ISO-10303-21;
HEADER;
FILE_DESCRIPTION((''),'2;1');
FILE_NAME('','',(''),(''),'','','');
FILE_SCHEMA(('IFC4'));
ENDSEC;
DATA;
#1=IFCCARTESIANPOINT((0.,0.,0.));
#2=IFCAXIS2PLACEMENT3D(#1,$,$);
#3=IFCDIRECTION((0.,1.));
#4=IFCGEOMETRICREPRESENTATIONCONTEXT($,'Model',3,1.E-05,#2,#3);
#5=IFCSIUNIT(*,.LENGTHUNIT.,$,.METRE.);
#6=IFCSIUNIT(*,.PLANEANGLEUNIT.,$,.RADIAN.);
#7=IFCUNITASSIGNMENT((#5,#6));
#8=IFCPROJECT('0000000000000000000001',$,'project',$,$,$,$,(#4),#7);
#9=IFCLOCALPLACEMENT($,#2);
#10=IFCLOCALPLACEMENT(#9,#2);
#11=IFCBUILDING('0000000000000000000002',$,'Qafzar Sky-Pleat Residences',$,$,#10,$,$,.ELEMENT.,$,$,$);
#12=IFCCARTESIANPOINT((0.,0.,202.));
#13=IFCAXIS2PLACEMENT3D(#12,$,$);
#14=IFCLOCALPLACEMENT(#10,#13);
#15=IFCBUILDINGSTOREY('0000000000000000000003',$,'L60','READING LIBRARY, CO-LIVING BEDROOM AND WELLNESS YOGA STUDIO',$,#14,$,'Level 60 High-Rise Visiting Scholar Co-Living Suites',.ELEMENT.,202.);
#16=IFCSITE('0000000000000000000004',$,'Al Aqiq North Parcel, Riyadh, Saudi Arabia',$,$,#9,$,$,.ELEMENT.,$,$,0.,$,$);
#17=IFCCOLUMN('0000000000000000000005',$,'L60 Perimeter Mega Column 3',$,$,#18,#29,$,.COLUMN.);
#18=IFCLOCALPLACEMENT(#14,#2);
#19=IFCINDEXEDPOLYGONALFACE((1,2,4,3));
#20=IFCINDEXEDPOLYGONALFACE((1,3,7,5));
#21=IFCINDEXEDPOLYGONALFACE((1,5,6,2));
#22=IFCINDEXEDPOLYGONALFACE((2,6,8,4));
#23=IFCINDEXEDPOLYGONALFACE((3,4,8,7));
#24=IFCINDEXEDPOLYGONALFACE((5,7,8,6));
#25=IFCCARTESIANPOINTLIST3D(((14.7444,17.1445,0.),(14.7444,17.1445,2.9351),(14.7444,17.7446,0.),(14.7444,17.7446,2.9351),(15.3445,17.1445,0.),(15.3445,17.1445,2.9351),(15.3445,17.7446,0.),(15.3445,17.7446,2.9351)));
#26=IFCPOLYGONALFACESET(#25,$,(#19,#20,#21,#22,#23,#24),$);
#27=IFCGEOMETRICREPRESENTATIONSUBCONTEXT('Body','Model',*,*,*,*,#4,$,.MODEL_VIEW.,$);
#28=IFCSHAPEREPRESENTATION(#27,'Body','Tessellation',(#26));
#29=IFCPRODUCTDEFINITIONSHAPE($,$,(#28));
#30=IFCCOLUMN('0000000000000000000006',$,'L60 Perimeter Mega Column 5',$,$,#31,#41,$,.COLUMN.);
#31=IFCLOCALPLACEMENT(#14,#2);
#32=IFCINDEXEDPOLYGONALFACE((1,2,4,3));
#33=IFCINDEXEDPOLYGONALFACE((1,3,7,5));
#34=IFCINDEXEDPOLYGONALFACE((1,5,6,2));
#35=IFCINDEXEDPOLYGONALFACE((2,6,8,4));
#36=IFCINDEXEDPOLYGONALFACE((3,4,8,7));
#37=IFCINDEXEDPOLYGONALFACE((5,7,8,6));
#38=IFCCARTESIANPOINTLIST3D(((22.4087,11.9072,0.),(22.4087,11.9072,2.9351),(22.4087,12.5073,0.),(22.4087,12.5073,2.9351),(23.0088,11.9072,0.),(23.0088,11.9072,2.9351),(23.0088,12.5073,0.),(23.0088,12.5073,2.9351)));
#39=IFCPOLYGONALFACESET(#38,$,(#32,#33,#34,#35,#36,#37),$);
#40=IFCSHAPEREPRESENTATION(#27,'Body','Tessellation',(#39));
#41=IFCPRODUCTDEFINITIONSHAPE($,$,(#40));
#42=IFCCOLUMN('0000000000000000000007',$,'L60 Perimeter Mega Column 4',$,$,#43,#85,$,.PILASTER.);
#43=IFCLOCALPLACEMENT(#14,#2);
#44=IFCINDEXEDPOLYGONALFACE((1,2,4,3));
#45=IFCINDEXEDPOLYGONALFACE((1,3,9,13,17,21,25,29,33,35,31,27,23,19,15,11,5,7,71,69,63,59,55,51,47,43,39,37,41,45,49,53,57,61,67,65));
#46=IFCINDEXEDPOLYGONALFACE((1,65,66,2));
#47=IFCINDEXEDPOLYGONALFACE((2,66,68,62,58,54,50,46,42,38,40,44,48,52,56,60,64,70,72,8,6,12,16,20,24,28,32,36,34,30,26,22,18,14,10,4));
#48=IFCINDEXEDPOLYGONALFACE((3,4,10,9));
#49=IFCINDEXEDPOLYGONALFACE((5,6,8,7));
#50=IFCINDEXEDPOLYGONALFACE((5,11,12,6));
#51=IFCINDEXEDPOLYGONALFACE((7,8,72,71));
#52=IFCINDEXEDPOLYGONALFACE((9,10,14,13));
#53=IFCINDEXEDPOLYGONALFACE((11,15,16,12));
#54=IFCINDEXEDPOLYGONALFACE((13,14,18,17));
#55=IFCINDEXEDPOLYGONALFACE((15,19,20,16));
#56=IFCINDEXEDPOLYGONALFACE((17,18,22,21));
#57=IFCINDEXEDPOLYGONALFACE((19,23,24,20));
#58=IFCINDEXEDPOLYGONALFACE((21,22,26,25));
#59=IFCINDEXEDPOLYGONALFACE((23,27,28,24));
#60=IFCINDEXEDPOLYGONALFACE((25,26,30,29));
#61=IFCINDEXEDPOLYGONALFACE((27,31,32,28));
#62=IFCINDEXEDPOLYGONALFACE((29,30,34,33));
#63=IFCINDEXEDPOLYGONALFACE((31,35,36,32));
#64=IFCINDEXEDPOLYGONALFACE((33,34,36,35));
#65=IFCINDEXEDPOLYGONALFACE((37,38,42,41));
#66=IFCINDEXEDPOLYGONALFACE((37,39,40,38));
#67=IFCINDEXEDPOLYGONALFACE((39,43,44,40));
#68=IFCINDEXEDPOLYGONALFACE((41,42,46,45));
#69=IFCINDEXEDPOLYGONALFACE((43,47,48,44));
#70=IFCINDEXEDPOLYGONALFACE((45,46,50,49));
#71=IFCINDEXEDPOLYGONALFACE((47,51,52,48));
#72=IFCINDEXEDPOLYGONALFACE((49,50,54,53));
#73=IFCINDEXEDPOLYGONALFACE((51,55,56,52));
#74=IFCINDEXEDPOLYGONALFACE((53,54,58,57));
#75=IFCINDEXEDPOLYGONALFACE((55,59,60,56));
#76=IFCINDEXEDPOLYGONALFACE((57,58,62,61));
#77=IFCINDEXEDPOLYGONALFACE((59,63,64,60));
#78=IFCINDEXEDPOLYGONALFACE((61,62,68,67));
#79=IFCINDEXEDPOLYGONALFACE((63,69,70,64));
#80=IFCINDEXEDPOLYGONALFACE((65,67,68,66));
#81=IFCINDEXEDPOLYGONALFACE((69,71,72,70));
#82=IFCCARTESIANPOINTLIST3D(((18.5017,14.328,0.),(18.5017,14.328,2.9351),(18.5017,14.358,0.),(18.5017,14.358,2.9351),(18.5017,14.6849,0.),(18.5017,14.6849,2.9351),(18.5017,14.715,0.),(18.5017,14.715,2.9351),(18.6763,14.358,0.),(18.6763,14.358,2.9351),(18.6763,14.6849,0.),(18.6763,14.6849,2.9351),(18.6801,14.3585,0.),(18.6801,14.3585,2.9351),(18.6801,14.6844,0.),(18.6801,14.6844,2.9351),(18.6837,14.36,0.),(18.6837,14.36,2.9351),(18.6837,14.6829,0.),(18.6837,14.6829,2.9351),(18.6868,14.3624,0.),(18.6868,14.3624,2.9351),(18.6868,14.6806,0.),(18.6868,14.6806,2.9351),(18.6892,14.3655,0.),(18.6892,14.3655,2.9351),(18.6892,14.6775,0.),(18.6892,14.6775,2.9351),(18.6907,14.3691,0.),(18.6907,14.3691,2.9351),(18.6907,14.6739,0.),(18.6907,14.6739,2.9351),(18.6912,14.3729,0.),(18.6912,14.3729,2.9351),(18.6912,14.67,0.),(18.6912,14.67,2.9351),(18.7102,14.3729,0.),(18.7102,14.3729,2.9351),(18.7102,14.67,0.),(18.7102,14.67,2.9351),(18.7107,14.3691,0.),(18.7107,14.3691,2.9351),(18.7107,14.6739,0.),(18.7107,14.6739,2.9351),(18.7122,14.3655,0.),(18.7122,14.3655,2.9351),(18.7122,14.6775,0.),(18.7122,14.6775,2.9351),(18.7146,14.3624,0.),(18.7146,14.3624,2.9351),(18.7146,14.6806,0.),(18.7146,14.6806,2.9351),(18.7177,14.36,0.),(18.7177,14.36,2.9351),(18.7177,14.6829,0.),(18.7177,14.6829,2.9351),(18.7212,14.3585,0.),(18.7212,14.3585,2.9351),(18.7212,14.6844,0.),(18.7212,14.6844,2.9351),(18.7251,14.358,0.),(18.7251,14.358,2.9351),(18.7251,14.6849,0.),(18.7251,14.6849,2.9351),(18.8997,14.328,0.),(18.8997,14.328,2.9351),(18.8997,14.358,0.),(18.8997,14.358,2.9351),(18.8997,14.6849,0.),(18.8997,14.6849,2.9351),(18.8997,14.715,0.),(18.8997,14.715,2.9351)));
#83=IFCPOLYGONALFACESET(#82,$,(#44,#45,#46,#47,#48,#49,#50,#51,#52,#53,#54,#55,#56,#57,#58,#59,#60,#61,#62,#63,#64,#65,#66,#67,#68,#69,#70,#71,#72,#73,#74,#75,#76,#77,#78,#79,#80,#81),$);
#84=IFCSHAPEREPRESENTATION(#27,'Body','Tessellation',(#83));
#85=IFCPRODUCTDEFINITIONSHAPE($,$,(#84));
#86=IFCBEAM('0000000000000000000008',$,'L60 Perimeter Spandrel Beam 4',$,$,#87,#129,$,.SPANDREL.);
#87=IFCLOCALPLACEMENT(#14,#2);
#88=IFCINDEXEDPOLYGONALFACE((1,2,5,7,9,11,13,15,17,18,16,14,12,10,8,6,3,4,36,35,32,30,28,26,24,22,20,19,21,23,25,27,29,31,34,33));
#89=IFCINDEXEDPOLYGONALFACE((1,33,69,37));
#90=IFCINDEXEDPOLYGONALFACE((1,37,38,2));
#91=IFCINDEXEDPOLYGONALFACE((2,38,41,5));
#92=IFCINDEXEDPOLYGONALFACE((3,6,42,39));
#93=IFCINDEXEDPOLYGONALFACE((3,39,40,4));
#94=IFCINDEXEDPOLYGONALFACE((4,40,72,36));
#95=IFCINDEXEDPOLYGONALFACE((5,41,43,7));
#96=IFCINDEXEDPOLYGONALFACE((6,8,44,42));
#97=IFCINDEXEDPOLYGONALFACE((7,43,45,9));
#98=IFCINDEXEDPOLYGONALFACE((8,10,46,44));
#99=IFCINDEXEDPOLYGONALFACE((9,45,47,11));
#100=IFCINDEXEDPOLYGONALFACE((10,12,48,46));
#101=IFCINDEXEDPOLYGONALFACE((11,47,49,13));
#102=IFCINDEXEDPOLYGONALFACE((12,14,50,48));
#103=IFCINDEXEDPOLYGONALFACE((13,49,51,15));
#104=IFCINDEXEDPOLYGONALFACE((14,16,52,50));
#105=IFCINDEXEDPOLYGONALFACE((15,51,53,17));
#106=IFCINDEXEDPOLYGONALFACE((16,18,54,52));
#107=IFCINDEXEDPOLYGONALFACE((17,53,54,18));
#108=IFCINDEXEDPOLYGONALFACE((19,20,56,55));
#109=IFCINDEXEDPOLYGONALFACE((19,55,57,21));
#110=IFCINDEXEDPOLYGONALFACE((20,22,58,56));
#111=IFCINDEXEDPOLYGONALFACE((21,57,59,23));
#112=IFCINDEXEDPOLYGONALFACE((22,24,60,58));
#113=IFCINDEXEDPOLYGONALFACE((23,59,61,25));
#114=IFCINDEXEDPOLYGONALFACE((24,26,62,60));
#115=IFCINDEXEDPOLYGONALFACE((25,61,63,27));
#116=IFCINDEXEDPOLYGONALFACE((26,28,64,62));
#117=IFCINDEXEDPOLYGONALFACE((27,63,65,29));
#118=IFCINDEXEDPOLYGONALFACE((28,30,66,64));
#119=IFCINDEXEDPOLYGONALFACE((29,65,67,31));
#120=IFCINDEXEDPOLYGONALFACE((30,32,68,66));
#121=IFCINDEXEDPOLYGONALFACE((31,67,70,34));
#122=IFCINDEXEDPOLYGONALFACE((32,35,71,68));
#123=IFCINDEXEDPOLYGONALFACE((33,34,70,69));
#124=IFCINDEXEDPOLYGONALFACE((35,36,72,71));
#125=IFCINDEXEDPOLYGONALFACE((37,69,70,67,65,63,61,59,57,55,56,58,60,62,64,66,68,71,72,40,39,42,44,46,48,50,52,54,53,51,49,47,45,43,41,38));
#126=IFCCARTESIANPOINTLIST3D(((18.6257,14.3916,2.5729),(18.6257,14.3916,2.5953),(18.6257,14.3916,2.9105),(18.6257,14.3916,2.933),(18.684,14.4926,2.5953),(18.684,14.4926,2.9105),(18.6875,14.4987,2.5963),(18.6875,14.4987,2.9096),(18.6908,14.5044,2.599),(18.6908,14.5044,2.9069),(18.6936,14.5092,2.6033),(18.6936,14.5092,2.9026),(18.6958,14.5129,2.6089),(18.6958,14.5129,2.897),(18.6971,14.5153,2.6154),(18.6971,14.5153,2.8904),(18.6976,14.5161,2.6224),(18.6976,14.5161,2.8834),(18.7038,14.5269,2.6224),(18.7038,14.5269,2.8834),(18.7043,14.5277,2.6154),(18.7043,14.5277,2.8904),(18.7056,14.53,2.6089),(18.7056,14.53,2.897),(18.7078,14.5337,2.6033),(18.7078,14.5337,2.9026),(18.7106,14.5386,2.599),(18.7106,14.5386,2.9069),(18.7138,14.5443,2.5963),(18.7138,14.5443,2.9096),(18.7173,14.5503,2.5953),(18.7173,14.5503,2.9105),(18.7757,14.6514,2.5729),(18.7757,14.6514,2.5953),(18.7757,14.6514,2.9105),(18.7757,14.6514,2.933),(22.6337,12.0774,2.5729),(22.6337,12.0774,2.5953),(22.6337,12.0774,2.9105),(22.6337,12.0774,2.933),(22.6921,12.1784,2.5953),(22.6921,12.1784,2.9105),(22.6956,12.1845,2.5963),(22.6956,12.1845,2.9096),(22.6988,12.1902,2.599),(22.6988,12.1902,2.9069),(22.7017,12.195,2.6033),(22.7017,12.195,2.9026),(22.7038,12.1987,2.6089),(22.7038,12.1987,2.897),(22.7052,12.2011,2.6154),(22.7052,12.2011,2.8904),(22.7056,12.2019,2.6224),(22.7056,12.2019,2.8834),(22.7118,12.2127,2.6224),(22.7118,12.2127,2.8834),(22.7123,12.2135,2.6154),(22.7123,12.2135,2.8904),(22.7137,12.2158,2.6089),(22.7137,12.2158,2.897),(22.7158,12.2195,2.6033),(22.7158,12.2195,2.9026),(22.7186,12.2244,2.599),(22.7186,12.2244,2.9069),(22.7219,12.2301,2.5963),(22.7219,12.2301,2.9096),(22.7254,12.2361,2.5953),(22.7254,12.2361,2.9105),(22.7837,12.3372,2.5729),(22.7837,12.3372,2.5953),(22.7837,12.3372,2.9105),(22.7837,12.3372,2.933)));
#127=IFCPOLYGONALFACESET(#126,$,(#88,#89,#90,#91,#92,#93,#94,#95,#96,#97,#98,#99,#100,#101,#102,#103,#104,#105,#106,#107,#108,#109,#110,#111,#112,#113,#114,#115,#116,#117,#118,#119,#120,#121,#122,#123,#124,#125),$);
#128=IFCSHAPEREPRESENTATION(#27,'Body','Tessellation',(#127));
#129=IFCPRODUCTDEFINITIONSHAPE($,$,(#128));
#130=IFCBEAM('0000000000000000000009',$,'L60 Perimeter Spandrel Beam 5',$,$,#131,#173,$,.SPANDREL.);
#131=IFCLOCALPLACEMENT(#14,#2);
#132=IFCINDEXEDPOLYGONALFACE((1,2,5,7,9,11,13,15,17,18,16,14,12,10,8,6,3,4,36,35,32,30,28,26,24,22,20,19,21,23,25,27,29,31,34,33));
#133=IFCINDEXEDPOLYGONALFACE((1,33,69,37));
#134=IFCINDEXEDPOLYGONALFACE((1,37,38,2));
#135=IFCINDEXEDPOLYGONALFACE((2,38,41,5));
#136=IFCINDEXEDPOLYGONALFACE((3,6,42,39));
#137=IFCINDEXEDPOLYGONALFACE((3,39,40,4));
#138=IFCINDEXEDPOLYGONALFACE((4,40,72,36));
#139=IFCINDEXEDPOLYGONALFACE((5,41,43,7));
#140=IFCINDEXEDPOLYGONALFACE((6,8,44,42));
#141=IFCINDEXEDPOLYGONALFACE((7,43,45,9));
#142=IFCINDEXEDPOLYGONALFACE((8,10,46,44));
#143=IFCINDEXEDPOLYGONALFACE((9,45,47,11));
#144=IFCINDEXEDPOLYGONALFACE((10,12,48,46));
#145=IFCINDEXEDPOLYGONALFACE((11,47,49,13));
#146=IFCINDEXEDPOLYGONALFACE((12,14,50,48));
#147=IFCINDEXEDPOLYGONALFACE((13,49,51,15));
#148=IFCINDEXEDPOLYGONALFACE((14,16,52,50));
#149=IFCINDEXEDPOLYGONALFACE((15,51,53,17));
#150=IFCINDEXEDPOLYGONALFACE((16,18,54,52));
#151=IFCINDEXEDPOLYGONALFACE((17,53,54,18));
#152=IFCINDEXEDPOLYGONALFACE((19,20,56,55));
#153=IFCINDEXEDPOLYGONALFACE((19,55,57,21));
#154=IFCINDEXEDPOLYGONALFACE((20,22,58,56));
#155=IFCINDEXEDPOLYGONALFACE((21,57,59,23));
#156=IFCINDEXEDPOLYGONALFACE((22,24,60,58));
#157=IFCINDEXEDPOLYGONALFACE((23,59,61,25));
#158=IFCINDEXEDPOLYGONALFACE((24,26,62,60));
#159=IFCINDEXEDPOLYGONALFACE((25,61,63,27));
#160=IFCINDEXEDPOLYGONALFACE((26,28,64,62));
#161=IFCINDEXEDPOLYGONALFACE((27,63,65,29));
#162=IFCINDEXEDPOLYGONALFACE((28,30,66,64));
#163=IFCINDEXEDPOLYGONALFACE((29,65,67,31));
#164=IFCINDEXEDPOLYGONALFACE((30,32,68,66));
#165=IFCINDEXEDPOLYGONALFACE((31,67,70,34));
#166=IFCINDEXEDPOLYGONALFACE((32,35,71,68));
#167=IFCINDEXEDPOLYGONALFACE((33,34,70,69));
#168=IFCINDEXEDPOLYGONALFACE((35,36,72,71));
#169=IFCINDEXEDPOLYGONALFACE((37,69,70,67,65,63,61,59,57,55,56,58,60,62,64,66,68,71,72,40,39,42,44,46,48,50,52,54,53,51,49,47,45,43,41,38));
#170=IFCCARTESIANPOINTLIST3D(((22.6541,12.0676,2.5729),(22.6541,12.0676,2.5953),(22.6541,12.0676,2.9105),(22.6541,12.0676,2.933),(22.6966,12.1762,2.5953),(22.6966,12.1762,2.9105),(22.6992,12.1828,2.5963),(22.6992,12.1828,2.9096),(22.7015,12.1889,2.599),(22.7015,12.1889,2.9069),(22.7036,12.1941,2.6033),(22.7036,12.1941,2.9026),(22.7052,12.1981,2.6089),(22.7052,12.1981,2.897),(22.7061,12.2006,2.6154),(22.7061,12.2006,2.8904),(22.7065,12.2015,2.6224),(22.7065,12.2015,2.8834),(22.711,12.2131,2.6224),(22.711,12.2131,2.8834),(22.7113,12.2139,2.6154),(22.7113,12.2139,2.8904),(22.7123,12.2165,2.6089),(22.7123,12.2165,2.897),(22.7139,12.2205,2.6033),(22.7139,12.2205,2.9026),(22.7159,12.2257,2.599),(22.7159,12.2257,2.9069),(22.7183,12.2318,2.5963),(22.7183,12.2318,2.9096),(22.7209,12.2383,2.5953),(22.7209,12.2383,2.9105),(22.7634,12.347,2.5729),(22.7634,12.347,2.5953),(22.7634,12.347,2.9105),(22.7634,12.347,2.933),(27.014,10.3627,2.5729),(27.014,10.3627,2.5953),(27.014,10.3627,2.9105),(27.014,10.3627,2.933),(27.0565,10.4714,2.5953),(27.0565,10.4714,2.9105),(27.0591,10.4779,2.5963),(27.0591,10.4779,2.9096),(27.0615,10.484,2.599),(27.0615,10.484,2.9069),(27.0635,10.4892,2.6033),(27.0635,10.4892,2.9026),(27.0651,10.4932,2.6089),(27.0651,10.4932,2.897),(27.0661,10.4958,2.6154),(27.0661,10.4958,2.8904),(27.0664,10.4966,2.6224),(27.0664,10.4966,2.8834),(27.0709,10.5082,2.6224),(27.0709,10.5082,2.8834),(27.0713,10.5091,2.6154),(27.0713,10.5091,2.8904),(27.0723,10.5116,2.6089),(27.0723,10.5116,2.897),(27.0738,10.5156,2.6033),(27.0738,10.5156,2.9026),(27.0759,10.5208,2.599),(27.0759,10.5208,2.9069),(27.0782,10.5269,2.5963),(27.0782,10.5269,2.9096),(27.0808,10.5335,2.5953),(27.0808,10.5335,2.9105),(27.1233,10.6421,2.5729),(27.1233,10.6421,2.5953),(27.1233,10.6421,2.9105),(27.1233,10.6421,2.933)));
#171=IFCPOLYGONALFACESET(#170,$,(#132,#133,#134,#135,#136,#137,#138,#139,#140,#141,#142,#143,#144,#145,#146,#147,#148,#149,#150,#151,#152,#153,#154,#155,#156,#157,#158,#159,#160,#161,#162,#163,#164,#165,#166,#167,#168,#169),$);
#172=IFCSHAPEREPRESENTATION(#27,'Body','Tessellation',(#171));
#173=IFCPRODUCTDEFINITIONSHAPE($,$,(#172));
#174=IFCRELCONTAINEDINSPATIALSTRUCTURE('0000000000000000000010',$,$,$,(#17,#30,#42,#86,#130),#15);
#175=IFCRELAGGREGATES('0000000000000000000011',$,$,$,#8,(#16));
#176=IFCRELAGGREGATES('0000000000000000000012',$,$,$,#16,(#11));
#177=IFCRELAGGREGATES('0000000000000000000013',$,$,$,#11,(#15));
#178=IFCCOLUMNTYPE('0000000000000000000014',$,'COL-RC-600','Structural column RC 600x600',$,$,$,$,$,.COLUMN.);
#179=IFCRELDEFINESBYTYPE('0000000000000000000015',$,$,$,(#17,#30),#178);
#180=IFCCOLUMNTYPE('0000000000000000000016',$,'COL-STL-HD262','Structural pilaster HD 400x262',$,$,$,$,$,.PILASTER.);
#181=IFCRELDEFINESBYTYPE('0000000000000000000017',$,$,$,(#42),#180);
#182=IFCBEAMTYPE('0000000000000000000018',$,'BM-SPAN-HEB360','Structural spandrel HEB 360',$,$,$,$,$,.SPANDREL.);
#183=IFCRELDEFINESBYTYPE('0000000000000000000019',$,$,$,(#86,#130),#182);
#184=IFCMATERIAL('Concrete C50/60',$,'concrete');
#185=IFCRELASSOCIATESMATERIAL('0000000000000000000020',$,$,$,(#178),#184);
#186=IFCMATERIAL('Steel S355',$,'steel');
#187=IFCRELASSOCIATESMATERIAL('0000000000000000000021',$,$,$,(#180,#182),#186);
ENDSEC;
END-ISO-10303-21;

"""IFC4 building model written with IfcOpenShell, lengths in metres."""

from ifc_helpers import new_model, si_unit, direction, frame, origin, origin_2d, place, context, subcontext, project, spatial, rectangle, i_section, extrude, source, transform, mapped, material, material_profile, profile_set, type_object, element, save


model = new_model("IFC4")

# Units and contexts
model_context = context("Model", 3, precision=1e-05, world=origin(), true_north=direction((0.0, 1.0)))
body_context = subcontext(model_context, "Body", "Model", "MODEL_VIEW")
ifc_project = project(units=[si_unit("LENGTHUNIT", "METRE"), si_unit("PLANEANGLEUNIT", "RADIAN")], contexts=[model_context])

# Site, building, storey
site_placement = place(None, origin())
site = spatial("IfcSite", under=ifc_project, at=site_placement, Name="Al Aqiq North Parcel, Riyadh, Saudi Arabia", CompositionType="ELEMENT", RefElevation=0.0)
building_placement = place(site_placement, origin())
building = spatial("IfcBuilding", under=site, at=building_placement, Name="Qafzar Sky-Pleat Residences", CompositionType="ELEMENT")
storey_placement = place(building_placement, frame((0.0, 0.0, 202.0)))
storey = spatial("IfcBuildingStorey", under=building, at=storey_placement, Name="L60", Description="READING LIBRARY, CO-LIVING BEDROOM AND WELLNESS YOGA STUDIO", LongName="Level 60 High-Rise Visiting Scholar Co-Living Suites", CompositionType="ELEMENT", Elevation=202.0)

# Columns
ifc_material_1 = material(Name="Concrete C50/60", Category="concrete")
ifc_material_profile_1 = material_profile(ifc_material_1, rectangle(XDim=0.6001, YDim=0.6001, at=origin_2d()), Name="RC 600x600")
ifc_profile_set_1 = profile_set([ifc_material_profile_1], Name="Concrete C50/60")
column_type_1 = type_object("IfcColumnType", Name="COL-RC-600", Description="Structural column RC 600x600", PredefinedType="COLUMN", material=ifc_profile_set_1)
shared_shape_1 = source(origin(), body_context, "Body", "SweptSolid", [
    extrude(rectangle(XDim=0.6001, YDim=0.6001, at=origin_2d()), origin(), (0.0, 0.0, 1.0), 2.9351),
])
for number, where, z_axis, x_axis, name in (
    (1, (15.0444, 17.4446, 0.0), (0.0, 0.0, 1.0), (1.0, 0.0, 0.0), "L60 Perimeter Mega Column 3"),
    (2, (22.7087, 12.2073, 0.0), (0.0, 0.0, 1.0), (1.0, 0.0, 0.0), "L60 Perimeter Mega Column 5"),
):
    element("IfcColumn", number, at=place(storey_placement, frame(where, z_axis=z_axis, x_axis=x_axis)), inside=storey, type_object=column_type_1, Name=name, PredefinedType="COLUMN", context=body_context, shape_type="MappedRepresentation", body=[
        mapped(shared_shape_1, transform((0.0, 0.0, 0.0), x_axis=(1.0, 0.0, 0.0), y_axis=(0.0, 1.0, 0.0), z_axis=(0.0, 0.0, 1.0), scale=1.0)),
    ])
ifc_material_2 = material(Name="Steel S355", Category="steel")
ifc_material_profile_2 = material_profile(ifc_material_2, i_section(OverallWidth=0.3979, OverallDepth=0.387, WebThickness=0.019, FlangeThickness=0.03, FilletRadius=0.0149, at=origin_2d()), Name="HD 400x262")
ifc_profile_set_2 = profile_set([ifc_material_profile_2], Name="Steel S355")
column_type_2 = type_object("IfcColumnType", Name="COL-STL-HD262", Description="Structural pilaster HD 400x262", PredefinedType="PILASTER", material=ifc_profile_set_2)
shared_shape_2 = source(origin(), body_context, "Body", "SweptSolid", [
    extrude(i_section(OverallWidth=0.3979, OverallDepth=0.387, WebThickness=0.019, FlangeThickness=0.03, FilletRadius=0.0149, at=origin_2d()), origin(), (0.0, 0.0, 1.0), 2.9351),
])
column_placement = place(storey_placement, frame((18.7007, 14.5215, 0.0), z_axis=(0.0, 0.0, 1.0), x_axis=(1.0, 0.0, 0.0)))
element("IfcColumn", 3, at=column_placement, inside=storey, type_object=column_type_2, Name="L60 Perimeter Mega Column 4", PredefinedType="PILASTER", context=body_context, shape_type="MappedRepresentation", body=[
    mapped(shared_shape_2, transform((0.0, 0.0, 0.0), x_axis=(1.0, 0.0, 0.0), y_axis=(0.0, 1.0, 0.0), z_axis=(0.0, 0.0, 1.0), scale=1.0)),
])

# Beams
ifc_material_profile_3 = material_profile(ifc_material_2, i_section(OverallWidth=0.3, OverallDepth=0.3601, WebThickness=0.0125, FlangeThickness=0.0225, FilletRadius=0.0271, at=origin_2d()), Name="HEB 360")
ifc_profile_set_3 = profile_set([ifc_material_profile_3], Name="Steel S355")
beam_type_1 = type_object("IfcBeamType", Name="BM-SPAN-HEB360", Description="Structural spandrel HEB 360", PredefinedType="SPANDREL", material=ifc_profile_set_3)
shared_shape_3 = source(origin(), body_context, "Body", "SweptSolid", [
    extrude(i_section(OverallWidth=0.3, OverallDepth=0.3601, WebThickness=0.0125, FlangeThickness=0.0225, FilletRadius=0.0271, at=origin_2d()), origin(), (0.0, 0.0, 1.0), 4.6282),
])
beam_1_placement = place(storey_placement, frame((18.7007, 14.5215, 2.7529), z_axis=(0.866011, -0.500025, 0.0), x_axis=(0.500025, 0.866011, 0.0)))
element("IfcBeam", 4, at=beam_1_placement, inside=storey, type_object=beam_type_1, Name="L60 Perimeter Spandrel Beam 4", PredefinedType="SPANDREL", context=body_context, shape_type="MappedRepresentation", body=[
    mapped(shared_shape_3, transform((0.0, 0.0, 0.0), x_axis=(1.0, 0.0, 0.0), y_axis=(0.0, 1.0, 0.0), z_axis=(0.0, 0.0, 1.0), scale=1.0)),
])
shared_shape_4 = source(origin(), body_context, "Body", "SweptSolid", [
    extrude(i_section(OverallWidth=0.3, OverallDepth=0.3601, WebThickness=0.0125, FlangeThickness=0.0225, FilletRadius=0.0271, at=origin_2d()), origin(), (0.0, 0.0, 1.0), 4.6814),
])
beam_2_placement = place(storey_placement, frame((22.7087, 12.2073, 2.7529), z_axis=(0.93133, -0.364177, 0.0), x_axis=(0.364177, 0.93133, 0.0)))
element("IfcBeam", 5, at=beam_2_placement, inside=storey, type_object=beam_type_1, Name="L60 Perimeter Spandrel Beam 5", PredefinedType="SPANDREL", context=body_context, shape_type="MappedRepresentation", body=[
    mapped(shared_shape_4, transform((0.0, 0.0, 0.0), x_axis=(1.0, 0.0, 0.0), y_axis=(0.0, 1.0, 0.0), z_axis=(0.0, 0.0, 1.0), scale=1.0)),
])

save(model, "model.ifc")
